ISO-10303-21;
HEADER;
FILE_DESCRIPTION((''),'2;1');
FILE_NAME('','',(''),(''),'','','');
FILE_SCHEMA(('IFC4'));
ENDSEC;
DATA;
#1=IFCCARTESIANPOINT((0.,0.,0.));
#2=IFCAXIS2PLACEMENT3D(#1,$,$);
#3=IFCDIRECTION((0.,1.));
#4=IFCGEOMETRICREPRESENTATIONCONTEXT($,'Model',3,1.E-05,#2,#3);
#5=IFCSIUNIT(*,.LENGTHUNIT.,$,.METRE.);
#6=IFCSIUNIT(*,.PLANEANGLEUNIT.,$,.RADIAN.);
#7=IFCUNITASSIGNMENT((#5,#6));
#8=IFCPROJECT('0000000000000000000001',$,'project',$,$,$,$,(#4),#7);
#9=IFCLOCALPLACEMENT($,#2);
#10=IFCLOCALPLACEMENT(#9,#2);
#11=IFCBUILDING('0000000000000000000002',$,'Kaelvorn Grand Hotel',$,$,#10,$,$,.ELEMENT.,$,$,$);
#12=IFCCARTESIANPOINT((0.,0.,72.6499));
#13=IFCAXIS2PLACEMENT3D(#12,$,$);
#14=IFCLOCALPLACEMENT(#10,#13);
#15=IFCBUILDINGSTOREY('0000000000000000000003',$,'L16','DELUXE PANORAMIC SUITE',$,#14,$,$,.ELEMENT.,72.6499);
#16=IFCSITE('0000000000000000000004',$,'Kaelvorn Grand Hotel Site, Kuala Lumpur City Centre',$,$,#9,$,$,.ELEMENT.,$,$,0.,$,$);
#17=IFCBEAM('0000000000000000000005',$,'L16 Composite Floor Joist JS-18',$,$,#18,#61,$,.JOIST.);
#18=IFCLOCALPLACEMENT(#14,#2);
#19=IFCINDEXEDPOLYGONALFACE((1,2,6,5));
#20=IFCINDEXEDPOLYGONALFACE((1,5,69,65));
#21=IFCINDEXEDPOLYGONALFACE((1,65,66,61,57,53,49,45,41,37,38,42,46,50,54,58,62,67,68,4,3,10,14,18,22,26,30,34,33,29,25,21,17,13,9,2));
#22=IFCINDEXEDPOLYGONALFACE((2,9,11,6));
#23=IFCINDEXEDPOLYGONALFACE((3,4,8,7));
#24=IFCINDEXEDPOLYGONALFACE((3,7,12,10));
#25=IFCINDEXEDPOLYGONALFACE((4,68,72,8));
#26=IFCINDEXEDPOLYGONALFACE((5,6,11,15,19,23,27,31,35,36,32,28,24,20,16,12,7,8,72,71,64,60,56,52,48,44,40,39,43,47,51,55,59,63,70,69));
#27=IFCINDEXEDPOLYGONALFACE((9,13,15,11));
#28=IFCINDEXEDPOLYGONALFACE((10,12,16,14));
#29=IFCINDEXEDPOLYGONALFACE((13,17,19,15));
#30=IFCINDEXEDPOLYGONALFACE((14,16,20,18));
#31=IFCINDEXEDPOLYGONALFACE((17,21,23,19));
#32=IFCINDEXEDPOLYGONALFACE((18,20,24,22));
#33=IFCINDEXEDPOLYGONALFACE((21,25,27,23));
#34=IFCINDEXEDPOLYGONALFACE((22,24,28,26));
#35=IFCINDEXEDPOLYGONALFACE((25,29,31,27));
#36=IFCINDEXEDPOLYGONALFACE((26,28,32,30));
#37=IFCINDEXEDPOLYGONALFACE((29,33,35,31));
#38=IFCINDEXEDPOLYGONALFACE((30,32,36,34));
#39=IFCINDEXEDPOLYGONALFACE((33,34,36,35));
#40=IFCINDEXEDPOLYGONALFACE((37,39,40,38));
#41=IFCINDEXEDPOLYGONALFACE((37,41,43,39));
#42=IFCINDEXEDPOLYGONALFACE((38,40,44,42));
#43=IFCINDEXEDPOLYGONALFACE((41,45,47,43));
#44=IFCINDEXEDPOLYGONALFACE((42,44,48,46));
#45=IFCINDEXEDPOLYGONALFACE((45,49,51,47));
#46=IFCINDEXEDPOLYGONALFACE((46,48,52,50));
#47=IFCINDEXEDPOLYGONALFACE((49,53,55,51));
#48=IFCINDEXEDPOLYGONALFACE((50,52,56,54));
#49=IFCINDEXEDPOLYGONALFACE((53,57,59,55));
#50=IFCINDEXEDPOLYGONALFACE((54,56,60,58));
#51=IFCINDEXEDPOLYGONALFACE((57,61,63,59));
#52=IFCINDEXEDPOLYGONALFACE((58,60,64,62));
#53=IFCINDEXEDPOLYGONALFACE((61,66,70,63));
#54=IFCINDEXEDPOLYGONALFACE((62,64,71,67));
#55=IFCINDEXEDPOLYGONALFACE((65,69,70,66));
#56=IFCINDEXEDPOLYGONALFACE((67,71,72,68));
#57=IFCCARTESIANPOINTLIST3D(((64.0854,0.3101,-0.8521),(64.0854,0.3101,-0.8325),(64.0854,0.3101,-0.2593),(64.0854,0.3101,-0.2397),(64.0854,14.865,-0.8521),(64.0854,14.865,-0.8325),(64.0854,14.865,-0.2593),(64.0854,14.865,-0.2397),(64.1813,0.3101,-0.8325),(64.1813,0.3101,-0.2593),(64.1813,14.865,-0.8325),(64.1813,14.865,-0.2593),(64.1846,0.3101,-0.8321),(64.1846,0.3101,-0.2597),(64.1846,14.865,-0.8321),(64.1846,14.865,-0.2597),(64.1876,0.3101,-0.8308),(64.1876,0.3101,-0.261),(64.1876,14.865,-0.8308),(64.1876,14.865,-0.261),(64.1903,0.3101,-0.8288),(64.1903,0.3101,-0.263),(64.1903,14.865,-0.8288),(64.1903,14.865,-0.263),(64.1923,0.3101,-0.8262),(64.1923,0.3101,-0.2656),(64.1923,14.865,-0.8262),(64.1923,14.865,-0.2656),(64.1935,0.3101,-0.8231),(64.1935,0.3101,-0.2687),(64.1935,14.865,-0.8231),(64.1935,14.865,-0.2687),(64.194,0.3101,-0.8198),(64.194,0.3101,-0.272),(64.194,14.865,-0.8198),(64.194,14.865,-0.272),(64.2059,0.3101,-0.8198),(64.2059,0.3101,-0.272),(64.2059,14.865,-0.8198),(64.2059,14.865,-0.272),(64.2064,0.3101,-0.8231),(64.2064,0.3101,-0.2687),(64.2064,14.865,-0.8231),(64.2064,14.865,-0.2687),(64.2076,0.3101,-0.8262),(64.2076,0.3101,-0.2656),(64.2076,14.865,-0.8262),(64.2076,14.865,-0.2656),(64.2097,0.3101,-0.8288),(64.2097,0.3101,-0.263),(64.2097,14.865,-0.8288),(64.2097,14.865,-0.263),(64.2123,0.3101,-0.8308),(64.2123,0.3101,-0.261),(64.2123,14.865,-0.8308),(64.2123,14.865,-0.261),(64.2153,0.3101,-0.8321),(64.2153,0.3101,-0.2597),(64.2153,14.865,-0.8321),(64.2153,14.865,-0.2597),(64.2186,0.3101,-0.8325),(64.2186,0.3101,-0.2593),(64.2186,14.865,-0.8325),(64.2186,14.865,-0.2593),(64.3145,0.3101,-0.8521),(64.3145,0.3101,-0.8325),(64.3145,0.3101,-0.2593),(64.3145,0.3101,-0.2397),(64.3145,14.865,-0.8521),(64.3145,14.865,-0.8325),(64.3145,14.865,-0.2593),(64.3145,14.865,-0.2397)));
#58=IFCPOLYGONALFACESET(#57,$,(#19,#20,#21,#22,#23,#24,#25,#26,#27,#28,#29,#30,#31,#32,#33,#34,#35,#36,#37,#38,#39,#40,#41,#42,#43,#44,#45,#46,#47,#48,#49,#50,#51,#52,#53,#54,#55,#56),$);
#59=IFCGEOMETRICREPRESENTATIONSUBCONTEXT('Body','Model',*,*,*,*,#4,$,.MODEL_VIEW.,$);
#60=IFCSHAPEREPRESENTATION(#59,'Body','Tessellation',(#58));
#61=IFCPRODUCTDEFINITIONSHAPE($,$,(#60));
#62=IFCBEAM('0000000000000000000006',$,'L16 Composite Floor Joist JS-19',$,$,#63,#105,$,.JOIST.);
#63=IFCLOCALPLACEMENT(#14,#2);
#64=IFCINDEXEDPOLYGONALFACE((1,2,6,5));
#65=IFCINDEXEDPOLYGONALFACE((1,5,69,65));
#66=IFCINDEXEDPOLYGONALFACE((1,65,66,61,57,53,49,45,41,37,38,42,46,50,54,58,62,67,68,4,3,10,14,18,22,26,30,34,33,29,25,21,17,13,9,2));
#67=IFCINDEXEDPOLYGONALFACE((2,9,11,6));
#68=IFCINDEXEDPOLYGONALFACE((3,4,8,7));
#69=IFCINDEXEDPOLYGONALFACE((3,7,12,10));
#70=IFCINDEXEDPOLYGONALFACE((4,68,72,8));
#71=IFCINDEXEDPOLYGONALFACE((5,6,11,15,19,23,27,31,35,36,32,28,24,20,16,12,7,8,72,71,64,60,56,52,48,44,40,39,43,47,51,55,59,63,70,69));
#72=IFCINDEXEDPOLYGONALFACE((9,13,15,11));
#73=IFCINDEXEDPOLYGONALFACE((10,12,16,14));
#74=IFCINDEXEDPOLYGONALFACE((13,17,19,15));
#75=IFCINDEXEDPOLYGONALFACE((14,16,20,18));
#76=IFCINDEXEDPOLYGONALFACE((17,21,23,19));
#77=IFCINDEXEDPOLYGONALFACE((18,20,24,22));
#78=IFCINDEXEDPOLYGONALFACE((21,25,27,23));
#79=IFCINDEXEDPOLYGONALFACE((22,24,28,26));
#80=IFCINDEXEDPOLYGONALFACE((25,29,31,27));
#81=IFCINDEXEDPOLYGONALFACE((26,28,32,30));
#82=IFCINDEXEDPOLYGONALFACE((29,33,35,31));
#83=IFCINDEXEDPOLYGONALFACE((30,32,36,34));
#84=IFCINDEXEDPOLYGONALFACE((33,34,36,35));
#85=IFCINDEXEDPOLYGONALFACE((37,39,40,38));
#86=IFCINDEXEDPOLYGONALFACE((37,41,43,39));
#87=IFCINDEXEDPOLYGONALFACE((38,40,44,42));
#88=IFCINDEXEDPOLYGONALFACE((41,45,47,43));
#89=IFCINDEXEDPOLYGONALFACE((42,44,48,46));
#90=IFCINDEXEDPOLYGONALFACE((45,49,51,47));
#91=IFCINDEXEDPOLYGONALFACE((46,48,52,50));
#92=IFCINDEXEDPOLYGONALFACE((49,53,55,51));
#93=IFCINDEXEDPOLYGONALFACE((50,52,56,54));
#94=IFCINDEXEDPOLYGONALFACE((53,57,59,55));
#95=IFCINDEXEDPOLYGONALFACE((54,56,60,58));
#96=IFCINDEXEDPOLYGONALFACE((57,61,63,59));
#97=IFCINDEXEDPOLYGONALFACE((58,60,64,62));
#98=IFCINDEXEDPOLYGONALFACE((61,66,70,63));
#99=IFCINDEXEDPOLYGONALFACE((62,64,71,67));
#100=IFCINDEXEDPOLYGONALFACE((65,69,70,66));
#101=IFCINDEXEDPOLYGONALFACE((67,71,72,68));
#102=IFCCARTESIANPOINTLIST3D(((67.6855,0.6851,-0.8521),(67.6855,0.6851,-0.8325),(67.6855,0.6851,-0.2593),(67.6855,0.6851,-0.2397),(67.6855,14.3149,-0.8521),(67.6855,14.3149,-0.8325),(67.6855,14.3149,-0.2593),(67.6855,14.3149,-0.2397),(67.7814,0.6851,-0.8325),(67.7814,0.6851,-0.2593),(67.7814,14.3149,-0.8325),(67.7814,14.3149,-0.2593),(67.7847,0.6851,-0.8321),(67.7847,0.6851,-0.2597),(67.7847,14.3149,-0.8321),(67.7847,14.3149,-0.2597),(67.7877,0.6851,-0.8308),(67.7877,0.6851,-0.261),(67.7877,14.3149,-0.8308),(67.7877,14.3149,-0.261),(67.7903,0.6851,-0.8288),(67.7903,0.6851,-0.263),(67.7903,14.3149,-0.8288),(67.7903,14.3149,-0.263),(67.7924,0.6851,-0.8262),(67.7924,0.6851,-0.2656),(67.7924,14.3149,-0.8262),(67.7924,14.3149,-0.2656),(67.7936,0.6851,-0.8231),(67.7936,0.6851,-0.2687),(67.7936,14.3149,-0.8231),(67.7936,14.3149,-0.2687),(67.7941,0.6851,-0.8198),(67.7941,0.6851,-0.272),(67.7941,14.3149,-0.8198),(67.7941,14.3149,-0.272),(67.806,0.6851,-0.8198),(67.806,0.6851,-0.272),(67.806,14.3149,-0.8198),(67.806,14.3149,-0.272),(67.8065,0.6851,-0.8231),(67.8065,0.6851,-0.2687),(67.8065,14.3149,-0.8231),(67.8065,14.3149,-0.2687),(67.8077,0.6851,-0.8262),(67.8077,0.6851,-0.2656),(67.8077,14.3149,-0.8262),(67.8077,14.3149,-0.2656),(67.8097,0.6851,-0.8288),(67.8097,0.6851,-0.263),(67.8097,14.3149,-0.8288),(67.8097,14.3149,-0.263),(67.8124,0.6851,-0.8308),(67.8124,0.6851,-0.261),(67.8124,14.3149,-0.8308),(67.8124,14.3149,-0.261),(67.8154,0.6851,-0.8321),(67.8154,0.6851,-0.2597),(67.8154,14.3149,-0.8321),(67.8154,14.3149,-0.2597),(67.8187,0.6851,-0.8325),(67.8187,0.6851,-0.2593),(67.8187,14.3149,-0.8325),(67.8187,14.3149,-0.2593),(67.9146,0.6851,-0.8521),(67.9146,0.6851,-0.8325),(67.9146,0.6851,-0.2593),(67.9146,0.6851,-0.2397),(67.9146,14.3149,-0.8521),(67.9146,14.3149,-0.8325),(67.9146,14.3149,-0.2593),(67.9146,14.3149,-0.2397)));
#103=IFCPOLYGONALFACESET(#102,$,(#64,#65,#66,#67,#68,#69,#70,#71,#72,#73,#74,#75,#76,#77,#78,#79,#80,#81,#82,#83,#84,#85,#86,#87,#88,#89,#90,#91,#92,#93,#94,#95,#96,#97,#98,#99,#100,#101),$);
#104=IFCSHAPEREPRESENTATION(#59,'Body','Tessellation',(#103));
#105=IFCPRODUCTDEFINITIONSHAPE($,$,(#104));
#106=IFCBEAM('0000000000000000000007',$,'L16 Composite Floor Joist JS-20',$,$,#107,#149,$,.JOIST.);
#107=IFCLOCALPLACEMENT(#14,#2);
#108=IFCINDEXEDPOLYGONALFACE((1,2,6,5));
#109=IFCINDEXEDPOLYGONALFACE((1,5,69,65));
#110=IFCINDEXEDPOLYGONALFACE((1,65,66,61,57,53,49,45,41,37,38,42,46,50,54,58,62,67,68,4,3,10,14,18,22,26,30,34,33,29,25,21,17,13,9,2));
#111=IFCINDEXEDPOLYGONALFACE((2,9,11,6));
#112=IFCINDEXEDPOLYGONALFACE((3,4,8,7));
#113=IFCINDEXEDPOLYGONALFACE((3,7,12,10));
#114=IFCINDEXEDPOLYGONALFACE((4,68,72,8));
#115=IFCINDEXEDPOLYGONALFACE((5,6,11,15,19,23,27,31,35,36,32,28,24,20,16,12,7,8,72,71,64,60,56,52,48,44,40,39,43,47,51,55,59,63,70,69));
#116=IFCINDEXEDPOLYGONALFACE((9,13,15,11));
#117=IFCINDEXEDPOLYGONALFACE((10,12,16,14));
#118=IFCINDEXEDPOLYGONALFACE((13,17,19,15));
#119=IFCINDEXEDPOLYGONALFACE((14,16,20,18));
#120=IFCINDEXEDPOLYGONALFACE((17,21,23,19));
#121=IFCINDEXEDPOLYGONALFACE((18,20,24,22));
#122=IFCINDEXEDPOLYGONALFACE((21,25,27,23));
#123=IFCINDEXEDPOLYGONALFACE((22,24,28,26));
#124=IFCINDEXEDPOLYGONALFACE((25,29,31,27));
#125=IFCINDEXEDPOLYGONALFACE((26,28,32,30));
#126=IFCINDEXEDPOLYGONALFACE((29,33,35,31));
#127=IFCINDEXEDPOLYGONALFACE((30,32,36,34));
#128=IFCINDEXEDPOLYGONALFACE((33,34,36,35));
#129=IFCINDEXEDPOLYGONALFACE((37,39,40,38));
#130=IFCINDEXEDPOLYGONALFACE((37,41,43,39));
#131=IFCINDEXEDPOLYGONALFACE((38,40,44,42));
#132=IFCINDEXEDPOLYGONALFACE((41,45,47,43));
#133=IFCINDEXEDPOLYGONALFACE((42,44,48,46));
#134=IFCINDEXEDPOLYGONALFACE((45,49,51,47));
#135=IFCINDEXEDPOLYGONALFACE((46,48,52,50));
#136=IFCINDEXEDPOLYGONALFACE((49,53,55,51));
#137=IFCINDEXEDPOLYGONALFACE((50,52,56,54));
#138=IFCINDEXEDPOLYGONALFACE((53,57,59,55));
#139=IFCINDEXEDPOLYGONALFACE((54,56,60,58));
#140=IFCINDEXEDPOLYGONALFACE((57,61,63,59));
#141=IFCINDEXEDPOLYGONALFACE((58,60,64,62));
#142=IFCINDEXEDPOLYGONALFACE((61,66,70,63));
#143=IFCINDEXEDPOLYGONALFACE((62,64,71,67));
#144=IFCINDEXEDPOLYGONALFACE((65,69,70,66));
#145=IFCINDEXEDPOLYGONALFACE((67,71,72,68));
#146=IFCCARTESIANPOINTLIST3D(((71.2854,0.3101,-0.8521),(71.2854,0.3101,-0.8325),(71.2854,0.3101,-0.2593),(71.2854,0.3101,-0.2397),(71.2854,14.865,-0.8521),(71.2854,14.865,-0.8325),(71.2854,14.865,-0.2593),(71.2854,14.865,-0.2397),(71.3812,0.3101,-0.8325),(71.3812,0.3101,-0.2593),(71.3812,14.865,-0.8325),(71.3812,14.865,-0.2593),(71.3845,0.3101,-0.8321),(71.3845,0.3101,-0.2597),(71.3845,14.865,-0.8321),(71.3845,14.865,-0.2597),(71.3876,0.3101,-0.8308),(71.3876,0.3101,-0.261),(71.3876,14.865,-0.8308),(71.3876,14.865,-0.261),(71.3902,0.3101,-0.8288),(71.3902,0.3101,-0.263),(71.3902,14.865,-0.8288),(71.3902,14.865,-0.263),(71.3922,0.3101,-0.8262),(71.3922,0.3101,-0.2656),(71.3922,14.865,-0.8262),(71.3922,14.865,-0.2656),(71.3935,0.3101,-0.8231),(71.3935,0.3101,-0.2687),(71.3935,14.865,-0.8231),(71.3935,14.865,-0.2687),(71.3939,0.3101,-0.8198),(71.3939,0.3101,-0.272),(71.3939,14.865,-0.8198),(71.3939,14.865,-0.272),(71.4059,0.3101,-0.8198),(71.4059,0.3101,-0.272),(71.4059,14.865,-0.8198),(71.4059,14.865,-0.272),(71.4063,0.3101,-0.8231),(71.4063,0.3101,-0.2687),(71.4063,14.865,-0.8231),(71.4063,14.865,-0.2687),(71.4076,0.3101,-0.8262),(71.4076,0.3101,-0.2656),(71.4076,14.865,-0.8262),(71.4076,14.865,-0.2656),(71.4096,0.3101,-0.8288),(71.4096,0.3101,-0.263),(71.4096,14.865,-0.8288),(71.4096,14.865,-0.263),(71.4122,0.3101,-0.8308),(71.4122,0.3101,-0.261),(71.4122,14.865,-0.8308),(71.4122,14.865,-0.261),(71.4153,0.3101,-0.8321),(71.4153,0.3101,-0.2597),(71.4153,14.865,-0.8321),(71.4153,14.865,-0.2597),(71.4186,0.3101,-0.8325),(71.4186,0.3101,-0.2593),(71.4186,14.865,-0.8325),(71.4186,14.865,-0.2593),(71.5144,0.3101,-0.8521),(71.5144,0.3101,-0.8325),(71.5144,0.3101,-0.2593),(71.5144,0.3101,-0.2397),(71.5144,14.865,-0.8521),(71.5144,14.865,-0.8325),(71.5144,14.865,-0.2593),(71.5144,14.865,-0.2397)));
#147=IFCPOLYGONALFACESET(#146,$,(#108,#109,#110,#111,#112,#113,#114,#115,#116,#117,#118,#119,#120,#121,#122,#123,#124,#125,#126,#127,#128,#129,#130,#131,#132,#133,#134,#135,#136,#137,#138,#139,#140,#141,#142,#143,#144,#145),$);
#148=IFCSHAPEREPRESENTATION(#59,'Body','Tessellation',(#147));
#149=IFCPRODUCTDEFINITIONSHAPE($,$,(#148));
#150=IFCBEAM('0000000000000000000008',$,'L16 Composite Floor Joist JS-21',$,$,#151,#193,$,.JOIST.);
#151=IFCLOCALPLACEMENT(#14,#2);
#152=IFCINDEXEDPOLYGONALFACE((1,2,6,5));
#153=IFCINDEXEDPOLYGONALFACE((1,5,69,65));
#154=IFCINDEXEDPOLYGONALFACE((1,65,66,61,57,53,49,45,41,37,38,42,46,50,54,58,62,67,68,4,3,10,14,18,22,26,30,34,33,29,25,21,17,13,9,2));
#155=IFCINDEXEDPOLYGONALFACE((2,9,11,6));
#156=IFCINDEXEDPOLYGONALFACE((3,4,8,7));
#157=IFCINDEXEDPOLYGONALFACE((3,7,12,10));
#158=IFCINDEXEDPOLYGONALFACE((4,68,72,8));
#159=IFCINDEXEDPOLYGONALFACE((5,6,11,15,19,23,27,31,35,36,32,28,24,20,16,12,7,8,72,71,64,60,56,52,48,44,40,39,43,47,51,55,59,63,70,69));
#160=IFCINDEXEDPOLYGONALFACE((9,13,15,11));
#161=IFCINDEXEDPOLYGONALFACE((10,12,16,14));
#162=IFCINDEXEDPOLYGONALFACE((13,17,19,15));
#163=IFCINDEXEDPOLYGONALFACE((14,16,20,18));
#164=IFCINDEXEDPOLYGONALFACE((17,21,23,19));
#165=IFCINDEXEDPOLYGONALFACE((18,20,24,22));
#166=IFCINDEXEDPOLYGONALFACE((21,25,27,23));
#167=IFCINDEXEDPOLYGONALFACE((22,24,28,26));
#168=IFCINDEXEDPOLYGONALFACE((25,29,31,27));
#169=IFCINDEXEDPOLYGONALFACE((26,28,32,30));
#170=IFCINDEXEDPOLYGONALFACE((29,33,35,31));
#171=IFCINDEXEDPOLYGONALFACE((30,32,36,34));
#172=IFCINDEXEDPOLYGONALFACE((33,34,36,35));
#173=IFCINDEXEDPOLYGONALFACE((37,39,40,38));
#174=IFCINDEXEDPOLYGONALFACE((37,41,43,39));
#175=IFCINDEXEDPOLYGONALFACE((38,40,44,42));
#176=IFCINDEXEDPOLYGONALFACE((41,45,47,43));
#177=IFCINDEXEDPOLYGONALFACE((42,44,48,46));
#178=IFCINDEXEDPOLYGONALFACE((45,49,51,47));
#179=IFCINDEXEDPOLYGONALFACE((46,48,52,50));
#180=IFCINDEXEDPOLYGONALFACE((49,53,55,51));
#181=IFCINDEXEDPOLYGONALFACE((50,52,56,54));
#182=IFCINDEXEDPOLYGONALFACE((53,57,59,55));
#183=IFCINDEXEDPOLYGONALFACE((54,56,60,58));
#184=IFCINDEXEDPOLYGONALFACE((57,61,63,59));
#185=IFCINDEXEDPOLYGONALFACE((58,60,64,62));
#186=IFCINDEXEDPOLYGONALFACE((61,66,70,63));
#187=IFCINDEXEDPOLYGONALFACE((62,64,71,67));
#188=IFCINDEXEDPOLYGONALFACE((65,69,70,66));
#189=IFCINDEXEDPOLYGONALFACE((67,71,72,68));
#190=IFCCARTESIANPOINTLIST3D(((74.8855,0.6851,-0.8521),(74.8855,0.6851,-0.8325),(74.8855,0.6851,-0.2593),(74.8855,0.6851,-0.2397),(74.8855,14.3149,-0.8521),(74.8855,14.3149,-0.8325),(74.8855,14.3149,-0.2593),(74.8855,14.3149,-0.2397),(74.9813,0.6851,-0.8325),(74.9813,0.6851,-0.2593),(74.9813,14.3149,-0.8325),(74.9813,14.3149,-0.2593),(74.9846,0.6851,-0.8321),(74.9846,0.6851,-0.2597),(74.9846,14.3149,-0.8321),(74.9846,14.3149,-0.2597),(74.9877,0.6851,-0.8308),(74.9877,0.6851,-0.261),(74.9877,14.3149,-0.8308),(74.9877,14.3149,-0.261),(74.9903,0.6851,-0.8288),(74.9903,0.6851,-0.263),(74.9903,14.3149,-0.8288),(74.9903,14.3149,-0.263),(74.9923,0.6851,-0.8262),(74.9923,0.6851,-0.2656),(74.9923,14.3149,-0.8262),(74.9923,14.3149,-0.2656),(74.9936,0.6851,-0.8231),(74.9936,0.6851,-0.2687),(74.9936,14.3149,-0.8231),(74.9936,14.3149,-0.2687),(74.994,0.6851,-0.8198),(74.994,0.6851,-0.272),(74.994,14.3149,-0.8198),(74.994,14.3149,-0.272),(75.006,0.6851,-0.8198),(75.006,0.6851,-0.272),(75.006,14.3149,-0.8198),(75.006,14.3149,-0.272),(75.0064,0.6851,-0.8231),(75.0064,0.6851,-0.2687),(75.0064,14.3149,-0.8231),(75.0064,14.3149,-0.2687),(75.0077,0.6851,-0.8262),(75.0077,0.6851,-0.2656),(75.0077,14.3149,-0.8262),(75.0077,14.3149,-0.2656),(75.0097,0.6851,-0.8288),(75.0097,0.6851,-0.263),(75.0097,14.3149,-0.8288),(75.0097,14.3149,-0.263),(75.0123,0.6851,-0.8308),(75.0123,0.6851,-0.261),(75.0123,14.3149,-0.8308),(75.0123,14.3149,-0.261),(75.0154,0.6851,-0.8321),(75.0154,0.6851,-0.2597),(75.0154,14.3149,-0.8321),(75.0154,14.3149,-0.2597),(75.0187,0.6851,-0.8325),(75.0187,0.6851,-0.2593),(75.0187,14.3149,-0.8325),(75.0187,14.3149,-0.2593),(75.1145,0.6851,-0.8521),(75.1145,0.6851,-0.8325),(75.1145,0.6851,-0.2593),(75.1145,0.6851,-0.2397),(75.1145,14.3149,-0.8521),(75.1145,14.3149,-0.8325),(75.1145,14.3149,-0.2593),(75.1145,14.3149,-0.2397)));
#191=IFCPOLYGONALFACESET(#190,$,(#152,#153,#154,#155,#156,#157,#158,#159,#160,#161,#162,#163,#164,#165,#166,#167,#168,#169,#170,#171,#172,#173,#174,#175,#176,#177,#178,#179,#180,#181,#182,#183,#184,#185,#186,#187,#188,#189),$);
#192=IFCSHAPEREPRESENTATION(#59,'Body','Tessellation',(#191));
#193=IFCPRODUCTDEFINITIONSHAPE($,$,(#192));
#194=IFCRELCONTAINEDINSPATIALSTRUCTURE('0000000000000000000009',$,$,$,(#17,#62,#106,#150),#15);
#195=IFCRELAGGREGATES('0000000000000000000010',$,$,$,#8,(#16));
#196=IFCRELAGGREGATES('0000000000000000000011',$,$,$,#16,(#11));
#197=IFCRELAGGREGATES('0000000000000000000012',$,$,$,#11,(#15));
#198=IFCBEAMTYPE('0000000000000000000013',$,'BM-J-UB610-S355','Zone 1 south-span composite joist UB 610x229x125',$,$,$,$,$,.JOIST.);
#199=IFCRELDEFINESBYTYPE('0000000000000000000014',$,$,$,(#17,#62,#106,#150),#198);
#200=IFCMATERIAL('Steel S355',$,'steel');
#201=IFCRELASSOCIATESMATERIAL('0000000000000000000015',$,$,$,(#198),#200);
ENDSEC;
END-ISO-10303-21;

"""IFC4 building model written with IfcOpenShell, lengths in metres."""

from ifc_helpers import new_model, si_unit, direction, frame, origin, origin_2d, place, context, subcontext, project, spatial, i_section, extrude, material, material_profile, profile_set, type_object, element, save


model = new_model("IFC4")

# Units and contexts
model_context = context("Model", 3, precision=1e-05, world=origin(), true_north=direction((0.0, 1.0)))
body_context = subcontext(model_context, "Body", "Model", "MODEL_VIEW")
ifc_project = project(units=[si_unit("LENGTHUNIT", "METRE"), si_unit("PLANEANGLEUNIT", "RADIAN")], contexts=[model_context])

# Site, building, storey
site_placement = place(None, origin())
site = spatial("IfcSite", under=ifc_project, at=site_placement, Name="Kaelvorn Grand Hotel Site, Kuala Lumpur City Centre", CompositionType="ELEMENT", RefElevation=0.0)
building_placement = place(site_placement, origin())
building = spatial("IfcBuilding", under=site, at=building_placement, Name="Kaelvorn Grand Hotel", CompositionType="ELEMENT")
storey_placement = place(building_placement, frame((0.0, 0.0, 72.6499)))
storey = spatial("IfcBuildingStorey", under=building, at=storey_placement, Name="L16", Description="DELUXE PANORAMIC SUITE", CompositionType="ELEMENT", Elevation=72.6499)

# Beams
ifc_material_1 = material(Name="Steel S355", Category="steel")
ifc_material_profile_1 = material_profile(ifc_material_1, i_section(OverallWidth=0.229, OverallDepth=0.6123, WebThickness=0.012, FlangeThickness=0.0195, FilletRadius=0.0127, at=origin_2d()), Name="UB 610x229x125")
ifc_profile_set_1 = profile_set([ifc_material_profile_1], Name="Steel S355")
beam_type_1 = type_object("IfcBeamType", Name="BM-J-UB610-S355", Description="Zone 1 south-span composite joist UB 610x229x125", PredefinedType="JOIST", material=ifc_profile_set_1)
beam_1_placement = place(storey_placement, frame((64.2, 0.3101, -0.5459), z_axis=(0.0, 1.0, 0.0), x_axis=(-1.0, 0.0, 0.0)))
element("IfcBeam", 1, at=beam_1_placement, inside=storey, type_object=beam_type_1, Name="L16 Composite Floor Joist JS-18", PredefinedType="JOIST", context=body_context, shape_type="SweptSolid", body=[
    extrude(i_section(OverallWidth=0.229, OverallDepth=0.6123, WebThickness=0.012, FlangeThickness=0.0195, FilletRadius=0.0127, at=origin_2d()), origin(), (0.0, 0.0, 1.0), 14.5549),
])
beam_2_placement = place(storey_placement, frame((67.8, 0.6851, -0.5459), z_axis=(0.0, 1.0, 0.0), x_axis=(-1.0, 0.0, 0.0)))
element("IfcBeam", 2, at=beam_2_placement, inside=storey, type_object=beam_type_1, Name="L16 Composite Floor Joist JS-19", PredefinedType="JOIST", context=body_context, shape_type="SweptSolid", body=[
    extrude(i_section(OverallWidth=0.229, OverallDepth=0.6123, WebThickness=0.012, FlangeThickness=0.0195, FilletRadius=0.0127, at=origin_2d()), origin(), (0.0, 0.0, 1.0), 13.6299),
])
beam_3_placement = place(storey_placement, frame((71.3999, 0.3101, -0.5459), z_axis=(0.0, 1.0, 0.0), x_axis=(-1.0, 0.0, 0.0)))
element("IfcBeam", 3, at=beam_3_placement, inside=storey, type_object=beam_type_1, Name="L16 Composite Floor Joist JS-20", PredefinedType="JOIST", context=body_context, shape_type="SweptSolid", body=[
    extrude(i_section(OverallWidth=0.229, OverallDepth=0.6123, WebThickness=0.012, FlangeThickness=0.0195, FilletRadius=0.0127, at=origin_2d()), origin(), (0.0, 0.0, 1.0), 14.5549),
])
beam_4_placement = place(storey_placement, frame((75.0, 0.6851, -0.5459), z_axis=(0.0, 1.0, 0.0), x_axis=(-1.0, 0.0, 0.0)))
element("IfcBeam", 4, at=beam_4_placement, inside=storey, type_object=beam_type_1, Name="L16 Composite Floor Joist JS-21", PredefinedType="JOIST", context=body_context, shape_type="SweptSolid", body=[
    extrude(i_section(OverallWidth=0.229, OverallDepth=0.6123, WebThickness=0.012, FlangeThickness=0.0195, FilletRadius=0.0127, at=origin_2d()), origin(), (0.0, 0.0, 1.0), 13.6299),
])

save(model, "model.ifc")
